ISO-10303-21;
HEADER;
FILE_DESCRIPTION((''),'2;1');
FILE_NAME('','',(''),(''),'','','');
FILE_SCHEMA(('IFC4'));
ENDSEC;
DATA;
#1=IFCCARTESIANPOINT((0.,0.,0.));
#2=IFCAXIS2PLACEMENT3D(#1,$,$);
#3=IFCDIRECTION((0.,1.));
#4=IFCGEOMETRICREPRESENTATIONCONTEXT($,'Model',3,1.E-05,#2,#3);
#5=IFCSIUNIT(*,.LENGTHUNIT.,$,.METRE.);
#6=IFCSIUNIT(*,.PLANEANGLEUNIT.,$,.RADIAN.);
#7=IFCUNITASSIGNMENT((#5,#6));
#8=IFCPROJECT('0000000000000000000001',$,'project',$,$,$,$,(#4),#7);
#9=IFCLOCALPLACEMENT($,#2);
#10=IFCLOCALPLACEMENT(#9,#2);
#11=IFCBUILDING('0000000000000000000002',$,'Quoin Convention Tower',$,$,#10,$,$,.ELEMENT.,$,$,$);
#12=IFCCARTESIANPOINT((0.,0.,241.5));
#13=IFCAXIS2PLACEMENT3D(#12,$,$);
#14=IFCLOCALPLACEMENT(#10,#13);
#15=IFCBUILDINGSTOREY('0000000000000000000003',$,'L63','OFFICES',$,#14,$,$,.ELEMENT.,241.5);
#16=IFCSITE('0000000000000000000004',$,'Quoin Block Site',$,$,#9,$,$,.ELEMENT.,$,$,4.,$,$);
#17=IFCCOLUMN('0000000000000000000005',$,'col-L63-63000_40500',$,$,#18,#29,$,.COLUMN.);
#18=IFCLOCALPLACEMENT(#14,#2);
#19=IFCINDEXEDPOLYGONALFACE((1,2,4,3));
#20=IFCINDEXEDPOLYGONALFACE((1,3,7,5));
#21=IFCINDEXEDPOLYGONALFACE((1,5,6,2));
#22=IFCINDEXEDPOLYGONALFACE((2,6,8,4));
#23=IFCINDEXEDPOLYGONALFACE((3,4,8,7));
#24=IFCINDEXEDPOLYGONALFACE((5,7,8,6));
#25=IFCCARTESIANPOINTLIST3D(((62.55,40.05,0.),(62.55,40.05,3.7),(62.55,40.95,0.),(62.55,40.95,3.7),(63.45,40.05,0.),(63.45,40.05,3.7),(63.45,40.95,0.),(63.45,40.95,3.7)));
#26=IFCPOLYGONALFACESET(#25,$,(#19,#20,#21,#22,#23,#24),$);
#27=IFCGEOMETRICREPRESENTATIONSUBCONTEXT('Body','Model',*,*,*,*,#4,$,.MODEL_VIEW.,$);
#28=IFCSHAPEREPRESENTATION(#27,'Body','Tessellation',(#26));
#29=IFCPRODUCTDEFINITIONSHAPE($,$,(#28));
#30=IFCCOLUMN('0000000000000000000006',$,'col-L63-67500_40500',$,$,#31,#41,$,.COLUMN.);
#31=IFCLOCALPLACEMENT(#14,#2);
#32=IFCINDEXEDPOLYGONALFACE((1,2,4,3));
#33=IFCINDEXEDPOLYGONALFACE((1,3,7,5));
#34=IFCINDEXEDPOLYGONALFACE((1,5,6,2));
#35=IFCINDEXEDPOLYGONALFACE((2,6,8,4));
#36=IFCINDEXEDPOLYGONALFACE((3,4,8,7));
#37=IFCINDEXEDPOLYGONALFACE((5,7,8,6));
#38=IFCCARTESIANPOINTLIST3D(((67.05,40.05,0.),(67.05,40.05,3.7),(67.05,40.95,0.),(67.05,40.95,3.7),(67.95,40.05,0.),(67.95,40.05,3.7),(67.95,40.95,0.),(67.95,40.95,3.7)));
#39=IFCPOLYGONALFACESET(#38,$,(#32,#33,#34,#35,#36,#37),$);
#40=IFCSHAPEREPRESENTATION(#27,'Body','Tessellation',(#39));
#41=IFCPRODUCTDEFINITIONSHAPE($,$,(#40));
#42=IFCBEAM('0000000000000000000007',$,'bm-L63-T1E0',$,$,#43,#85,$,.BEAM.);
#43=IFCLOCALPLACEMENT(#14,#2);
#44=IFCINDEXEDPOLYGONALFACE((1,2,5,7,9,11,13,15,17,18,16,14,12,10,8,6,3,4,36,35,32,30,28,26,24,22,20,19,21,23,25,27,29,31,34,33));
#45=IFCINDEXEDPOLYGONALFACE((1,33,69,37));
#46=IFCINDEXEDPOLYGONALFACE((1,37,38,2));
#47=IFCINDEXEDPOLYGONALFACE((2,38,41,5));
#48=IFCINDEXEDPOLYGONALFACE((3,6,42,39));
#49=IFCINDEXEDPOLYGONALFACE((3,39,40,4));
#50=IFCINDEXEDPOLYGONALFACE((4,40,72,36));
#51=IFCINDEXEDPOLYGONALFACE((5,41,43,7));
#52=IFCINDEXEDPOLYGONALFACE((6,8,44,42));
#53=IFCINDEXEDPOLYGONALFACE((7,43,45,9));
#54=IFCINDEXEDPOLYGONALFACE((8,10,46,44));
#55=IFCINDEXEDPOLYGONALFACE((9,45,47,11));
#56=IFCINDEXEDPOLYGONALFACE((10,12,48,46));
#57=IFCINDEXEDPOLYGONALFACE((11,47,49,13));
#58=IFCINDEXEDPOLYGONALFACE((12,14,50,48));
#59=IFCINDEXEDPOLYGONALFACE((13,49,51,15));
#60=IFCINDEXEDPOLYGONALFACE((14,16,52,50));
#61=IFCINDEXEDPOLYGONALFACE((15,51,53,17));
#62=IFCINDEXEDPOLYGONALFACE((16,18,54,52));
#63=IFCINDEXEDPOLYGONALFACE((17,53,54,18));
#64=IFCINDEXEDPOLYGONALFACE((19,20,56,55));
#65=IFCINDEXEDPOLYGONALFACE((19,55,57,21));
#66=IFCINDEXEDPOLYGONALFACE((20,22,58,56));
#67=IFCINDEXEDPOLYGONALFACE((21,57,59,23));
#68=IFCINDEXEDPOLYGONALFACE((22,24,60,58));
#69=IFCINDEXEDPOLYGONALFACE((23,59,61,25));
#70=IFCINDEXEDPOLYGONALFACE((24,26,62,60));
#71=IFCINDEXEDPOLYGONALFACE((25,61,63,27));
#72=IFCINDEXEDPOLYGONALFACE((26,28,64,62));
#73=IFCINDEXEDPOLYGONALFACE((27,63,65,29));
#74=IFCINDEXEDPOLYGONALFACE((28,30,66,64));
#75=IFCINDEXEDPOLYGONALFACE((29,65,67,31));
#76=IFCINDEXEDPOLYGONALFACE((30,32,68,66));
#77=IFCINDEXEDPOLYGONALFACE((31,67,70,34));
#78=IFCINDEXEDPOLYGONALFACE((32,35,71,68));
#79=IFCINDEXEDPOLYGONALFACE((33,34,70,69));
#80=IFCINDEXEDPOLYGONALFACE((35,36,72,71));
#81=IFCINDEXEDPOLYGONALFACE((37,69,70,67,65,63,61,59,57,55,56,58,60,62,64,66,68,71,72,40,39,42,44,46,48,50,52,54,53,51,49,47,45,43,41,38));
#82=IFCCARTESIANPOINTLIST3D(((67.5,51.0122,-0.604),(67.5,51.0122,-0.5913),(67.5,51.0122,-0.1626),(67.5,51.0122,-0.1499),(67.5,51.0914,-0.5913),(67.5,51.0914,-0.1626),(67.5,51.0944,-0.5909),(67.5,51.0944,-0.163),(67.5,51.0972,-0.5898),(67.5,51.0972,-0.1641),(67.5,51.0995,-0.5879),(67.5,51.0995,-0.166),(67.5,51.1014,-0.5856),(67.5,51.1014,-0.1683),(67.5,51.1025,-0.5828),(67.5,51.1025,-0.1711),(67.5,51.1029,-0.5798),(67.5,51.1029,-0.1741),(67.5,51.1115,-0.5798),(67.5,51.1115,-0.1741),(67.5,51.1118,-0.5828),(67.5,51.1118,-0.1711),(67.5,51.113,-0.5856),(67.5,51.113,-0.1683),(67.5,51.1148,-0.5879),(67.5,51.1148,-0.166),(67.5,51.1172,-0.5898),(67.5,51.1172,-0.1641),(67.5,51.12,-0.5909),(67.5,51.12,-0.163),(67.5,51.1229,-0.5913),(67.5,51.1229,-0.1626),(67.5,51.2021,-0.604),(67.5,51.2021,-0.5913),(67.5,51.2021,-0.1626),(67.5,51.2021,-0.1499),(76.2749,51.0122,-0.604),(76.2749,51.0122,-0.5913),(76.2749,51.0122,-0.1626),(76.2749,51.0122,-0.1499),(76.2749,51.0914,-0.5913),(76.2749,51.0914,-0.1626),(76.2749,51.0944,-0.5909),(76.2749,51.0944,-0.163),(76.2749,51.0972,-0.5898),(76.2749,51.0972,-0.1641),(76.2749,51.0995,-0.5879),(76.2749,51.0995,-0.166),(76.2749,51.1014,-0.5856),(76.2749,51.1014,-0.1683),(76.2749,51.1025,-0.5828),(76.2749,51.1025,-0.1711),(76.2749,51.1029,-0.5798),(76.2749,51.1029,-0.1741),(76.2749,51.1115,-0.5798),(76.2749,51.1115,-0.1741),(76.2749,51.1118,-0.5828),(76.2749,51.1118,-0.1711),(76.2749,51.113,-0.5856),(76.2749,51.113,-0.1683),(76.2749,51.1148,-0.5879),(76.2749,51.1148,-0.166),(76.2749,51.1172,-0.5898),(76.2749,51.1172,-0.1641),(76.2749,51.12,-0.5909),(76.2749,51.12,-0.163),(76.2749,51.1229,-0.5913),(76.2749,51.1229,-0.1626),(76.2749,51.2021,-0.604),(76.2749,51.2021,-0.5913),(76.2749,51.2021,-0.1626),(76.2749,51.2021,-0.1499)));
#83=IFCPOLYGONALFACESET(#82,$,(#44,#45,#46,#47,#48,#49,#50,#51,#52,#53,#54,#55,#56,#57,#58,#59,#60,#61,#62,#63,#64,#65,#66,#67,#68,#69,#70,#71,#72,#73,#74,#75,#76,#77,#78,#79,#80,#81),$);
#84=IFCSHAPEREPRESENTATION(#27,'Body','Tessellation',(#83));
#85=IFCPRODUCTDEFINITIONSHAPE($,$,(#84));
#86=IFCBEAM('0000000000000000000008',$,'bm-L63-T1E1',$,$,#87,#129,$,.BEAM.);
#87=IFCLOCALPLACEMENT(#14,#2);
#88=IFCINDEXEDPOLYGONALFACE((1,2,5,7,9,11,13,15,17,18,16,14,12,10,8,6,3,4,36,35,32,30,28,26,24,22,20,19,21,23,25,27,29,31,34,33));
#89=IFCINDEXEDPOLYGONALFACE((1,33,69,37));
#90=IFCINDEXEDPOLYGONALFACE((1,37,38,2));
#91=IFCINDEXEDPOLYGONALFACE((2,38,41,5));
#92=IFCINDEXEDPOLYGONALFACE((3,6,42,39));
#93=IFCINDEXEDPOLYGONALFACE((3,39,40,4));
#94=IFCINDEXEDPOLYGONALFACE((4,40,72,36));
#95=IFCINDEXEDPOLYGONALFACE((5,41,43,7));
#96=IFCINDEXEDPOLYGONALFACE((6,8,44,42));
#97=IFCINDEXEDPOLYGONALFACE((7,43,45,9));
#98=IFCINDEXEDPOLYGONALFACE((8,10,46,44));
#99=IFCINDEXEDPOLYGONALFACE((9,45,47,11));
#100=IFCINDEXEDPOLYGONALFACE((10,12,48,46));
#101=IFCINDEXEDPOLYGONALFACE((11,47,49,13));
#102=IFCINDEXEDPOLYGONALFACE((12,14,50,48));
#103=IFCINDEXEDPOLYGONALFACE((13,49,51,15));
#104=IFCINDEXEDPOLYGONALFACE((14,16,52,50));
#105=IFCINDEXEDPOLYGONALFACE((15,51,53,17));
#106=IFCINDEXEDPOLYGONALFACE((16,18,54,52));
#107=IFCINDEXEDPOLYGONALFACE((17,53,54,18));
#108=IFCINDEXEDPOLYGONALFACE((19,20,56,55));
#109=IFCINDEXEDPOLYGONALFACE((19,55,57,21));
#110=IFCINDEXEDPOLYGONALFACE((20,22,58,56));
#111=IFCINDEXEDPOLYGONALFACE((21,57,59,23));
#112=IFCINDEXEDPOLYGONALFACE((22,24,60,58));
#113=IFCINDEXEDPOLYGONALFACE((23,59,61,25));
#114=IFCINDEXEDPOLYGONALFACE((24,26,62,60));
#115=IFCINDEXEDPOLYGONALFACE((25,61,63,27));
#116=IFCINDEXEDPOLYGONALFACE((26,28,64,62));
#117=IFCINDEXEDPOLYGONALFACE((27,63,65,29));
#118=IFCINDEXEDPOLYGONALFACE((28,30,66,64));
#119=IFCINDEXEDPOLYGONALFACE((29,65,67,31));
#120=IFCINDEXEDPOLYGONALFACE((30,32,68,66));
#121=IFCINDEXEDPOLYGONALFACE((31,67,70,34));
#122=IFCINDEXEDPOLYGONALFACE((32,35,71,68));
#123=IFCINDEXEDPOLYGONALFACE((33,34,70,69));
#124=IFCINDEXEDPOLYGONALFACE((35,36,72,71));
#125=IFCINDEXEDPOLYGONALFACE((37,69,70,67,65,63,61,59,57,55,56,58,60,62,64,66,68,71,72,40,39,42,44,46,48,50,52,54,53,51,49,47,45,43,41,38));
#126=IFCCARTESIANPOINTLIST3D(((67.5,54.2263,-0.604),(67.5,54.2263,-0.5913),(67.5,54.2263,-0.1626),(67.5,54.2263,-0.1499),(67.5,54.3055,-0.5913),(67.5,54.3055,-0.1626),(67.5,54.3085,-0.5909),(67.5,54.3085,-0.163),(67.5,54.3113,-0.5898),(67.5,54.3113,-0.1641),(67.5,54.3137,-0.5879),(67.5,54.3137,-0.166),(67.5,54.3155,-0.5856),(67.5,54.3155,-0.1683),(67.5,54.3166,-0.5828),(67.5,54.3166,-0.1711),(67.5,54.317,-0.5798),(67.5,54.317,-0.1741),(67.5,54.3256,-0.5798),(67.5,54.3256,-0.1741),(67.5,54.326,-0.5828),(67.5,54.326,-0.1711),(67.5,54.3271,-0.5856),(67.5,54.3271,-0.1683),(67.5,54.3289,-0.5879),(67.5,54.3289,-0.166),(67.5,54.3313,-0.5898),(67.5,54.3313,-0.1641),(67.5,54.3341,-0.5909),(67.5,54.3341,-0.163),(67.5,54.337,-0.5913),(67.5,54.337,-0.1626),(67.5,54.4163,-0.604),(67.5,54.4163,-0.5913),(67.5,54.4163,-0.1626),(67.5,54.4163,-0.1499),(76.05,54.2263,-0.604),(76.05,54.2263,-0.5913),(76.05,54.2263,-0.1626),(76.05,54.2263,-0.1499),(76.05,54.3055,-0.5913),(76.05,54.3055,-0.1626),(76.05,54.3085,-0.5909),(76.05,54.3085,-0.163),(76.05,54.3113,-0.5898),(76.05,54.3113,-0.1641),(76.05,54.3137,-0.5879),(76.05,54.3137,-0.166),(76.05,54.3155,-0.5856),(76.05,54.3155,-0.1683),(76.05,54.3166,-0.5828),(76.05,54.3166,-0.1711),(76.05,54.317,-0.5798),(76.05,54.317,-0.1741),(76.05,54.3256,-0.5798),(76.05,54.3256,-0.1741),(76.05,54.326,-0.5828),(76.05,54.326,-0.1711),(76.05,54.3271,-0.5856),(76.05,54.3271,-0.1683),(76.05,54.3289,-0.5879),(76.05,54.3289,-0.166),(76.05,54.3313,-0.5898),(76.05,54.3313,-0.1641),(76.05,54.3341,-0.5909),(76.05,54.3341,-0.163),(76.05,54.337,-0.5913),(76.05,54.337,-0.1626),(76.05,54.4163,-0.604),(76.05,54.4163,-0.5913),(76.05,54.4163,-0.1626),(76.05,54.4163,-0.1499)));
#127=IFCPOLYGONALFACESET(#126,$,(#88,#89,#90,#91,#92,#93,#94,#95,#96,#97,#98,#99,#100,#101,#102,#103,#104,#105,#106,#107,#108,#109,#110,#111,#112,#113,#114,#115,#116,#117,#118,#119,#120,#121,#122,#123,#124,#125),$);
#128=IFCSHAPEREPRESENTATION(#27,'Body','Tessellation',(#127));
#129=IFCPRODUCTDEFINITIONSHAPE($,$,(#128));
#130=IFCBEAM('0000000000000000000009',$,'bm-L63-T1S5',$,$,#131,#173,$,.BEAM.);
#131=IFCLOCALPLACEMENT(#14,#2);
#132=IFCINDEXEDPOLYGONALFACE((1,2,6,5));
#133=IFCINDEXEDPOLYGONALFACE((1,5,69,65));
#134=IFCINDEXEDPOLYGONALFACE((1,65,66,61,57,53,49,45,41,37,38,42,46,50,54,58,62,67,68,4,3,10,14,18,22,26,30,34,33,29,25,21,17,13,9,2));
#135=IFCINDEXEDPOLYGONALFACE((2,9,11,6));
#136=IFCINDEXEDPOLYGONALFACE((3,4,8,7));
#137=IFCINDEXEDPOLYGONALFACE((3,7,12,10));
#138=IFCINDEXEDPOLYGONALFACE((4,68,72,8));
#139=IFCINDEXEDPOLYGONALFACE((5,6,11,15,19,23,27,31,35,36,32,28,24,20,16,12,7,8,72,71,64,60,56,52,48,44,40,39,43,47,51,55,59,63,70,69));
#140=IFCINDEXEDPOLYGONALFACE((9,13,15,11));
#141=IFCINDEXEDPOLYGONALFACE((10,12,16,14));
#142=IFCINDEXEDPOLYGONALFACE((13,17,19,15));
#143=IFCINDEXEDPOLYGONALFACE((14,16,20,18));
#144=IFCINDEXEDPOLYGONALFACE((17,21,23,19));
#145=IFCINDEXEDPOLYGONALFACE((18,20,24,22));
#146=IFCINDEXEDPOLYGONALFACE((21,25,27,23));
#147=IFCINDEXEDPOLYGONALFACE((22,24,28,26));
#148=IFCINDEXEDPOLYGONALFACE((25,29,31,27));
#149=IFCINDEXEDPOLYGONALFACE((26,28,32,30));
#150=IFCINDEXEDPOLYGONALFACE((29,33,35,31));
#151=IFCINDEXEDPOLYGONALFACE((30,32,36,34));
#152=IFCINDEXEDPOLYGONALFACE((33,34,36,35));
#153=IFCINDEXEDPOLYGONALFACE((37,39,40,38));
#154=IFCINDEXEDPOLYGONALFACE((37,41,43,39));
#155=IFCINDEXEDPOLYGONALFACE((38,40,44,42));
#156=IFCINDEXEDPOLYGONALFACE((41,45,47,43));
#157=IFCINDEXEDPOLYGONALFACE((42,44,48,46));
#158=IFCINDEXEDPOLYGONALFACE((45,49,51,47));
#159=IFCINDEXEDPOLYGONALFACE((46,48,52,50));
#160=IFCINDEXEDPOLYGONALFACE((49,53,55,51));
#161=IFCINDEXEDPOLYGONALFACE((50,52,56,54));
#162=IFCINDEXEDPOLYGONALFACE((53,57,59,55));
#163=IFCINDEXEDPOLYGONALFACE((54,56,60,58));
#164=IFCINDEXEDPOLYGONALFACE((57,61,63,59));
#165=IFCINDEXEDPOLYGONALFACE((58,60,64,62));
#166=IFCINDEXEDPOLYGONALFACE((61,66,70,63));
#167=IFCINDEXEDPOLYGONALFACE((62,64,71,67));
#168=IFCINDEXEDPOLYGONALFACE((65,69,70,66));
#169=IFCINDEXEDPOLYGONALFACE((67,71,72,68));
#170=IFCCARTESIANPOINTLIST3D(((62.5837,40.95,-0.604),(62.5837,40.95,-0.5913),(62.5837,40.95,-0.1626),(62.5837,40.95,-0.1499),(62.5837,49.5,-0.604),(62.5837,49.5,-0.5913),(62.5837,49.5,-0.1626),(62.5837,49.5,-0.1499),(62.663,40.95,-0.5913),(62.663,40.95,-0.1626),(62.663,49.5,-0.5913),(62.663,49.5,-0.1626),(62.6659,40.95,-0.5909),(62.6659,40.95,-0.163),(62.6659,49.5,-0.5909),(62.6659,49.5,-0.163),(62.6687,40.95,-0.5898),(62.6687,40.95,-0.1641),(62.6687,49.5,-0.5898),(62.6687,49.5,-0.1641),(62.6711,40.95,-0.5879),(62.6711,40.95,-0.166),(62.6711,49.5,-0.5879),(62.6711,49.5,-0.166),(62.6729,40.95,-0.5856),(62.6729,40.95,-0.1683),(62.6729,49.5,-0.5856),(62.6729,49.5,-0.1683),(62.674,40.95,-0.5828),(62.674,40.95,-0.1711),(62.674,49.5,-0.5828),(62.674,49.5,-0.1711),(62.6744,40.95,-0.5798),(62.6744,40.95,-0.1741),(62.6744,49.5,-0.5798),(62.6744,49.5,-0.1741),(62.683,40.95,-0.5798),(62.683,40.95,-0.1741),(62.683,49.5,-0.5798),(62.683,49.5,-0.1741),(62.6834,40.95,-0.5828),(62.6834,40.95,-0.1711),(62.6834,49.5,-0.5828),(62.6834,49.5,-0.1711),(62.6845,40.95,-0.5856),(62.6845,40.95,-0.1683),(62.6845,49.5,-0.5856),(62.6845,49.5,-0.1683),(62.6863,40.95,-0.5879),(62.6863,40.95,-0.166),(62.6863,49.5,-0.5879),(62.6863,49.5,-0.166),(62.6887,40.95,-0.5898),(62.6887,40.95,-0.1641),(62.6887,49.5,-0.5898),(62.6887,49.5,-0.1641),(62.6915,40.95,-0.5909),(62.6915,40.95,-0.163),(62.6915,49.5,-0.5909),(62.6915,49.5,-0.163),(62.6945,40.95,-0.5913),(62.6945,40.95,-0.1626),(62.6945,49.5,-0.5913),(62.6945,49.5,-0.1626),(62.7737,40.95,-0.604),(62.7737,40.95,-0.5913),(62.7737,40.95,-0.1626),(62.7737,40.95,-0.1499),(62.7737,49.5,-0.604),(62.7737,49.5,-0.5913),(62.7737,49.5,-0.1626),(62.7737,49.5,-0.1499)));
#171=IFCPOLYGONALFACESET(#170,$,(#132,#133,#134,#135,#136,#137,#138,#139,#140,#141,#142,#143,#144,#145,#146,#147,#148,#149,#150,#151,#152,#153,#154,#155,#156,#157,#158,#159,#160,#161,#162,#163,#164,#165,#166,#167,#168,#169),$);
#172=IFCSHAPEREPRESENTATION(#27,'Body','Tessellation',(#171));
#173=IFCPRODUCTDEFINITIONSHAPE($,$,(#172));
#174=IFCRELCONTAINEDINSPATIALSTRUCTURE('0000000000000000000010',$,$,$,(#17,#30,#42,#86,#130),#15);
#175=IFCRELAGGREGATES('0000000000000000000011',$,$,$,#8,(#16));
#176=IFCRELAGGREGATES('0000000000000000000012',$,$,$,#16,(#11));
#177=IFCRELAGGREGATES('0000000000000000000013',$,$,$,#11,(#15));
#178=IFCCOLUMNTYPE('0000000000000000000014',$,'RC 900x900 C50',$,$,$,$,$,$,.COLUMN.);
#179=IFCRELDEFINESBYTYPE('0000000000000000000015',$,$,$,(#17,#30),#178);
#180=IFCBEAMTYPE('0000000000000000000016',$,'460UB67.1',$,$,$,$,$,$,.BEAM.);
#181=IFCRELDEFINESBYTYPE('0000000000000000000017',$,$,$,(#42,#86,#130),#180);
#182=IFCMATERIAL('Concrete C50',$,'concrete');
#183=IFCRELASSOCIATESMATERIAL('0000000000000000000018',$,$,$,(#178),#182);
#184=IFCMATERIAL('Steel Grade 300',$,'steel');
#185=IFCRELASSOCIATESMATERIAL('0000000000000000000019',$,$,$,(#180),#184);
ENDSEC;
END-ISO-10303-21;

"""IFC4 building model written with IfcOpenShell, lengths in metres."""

from ifc_helpers import new_model, si_unit, direction, frame, origin, origin_2d, place, context, subcontext, project, spatial, rectangle, i_section, extrude, material, material_profile, profile_set, type_object, element, save


model = new_model("IFC4")

# Units and contexts
model_context = context("Model", 3, precision=1e-05, world=origin(), true_north=direction((0.0, 1.0)))
body_context = subcontext(model_context, "Body", "Model", "MODEL_VIEW")
ifc_project = project(units=[si_unit("LENGTHUNIT", "METRE"), si_unit("PLANEANGLEUNIT", "RADIAN")], contexts=[model_context])

# Site, building, storey
site_placement = place(None, origin())
site = spatial("IfcSite", under=ifc_project, at=site_placement, Name="Quoin Block Site", CompositionType="ELEMENT", RefElevation=4.0)
building_placement = place(site_placement, origin())
building = spatial("IfcBuilding", under=site, at=building_placement, Name="Quoin Convention Tower", CompositionType="ELEMENT")
storey_placement = place(building_placement, frame((0.0, 0.0, 241.5)))
storey = spatial("IfcBuildingStorey", under=building, at=storey_placement, Name="L63", Description="OFFICES", CompositionType="ELEMENT", Elevation=241.5)

# Columns
ifc_material_1 = material(Name="Concrete C50", Category="concrete")
ifc_material_profile_1 = material_profile(ifc_material_1, rectangle(XDim=0.8999, YDim=0.8999, at=origin_2d()), Name="RC 900x900")
ifc_profile_set_1 = profile_set([ifc_material_profile_1], Name="Concrete C50")
column_type = type_object("IfcColumnType", Name="RC 900x900 C50", PredefinedType="COLUMN", material=ifc_profile_set_1)
for number, where, z_axis, x_axis, name in (
    (1, (63.0, 40.5, 0.0), (0.0, 0.0, 1.0), (1.0, 0.0, 0.0), "col-L63-63000_40500"),
    (2, (67.5, 40.5, 0.0), (0.0, 0.0, 1.0), (1.0, 0.0, 0.0), "col-L63-67500_40500"),
):
    element("IfcColumn", number, at=place(storey_placement, frame(where, z_axis=z_axis, x_axis=x_axis)), inside=storey, type_object=column_type, Name=name, PredefinedType="COLUMN", context=body_context, shape_type="SweptSolid", body=[
        extrude(rectangle(XDim=0.8999, YDim=0.8999, at=origin_2d()), origin(), (0.0, 0.0, 1.0), 3.7),
    ])

# Beams
ifc_material_2 = material(Name="Steel Grade 300", Category="steel")
ifc_material_profile_2 = material_profile(ifc_material_2, i_section(OverallWidth=0.1899, OverallDepth=0.4541, WebThickness=0.0085, FlangeThickness=0.0127, FilletRadius=0.0115, at=origin_2d()), Name="460UB67.1")
ifc_profile_set_2 = profile_set([ifc_material_profile_2], Name="Steel Grade 300")
beam_type_1 = type_object("IfcBeamType", Name="460UB67.1", PredefinedType="BEAM", material=ifc_profile_set_2)
beam_1_placement = place(storey_placement, frame((67.5, 51.1072, -0.377), z_axis=(1.0, 0.0, 0.0), x_axis=(0.0, 1.0, 0.0)))
element("IfcBeam", 3, at=beam_1_placement, inside=storey, type_object=beam_type_1, Name="bm-L63-T1E0", PredefinedType="BEAM", context=body_context, shape_type="SweptSolid", body=[
    extrude(i_section(OverallWidth=0.1899, OverallDepth=0.4541, WebThickness=0.0085, FlangeThickness=0.0127, FilletRadius=0.0115, at=origin_2d()), origin(), (0.0, 0.0, 1.0), 8.7749),
])
for number, where, z_axis, x_axis, name in (
    (4, (67.5, 54.3213, -0.377), (1.0, 0.0, 0.0), (0.0, 1.0, 0.0), "bm-L63-T1E1"),
    (5, (62.6787, 40.95, -0.377), (0.0, 1.0, 0.0), (-1.0, 0.0, 0.0), "bm-L63-T1S5"),
):
    element("IfcBeam", number, at=place(storey_placement, frame(where, z_axis=z_axis, x_axis=x_axis)), inside=storey, type_object=beam_type_1, Name=name, PredefinedType="BEAM", context=body_context, shape_type="SweptSolid", body=[
        extrude(i_section(OverallWidth=0.1899, OverallDepth=0.4541, WebThickness=0.0085, FlangeThickness=0.0127, FilletRadius=0.0115, at=origin_2d()), origin(), (0.0, 0.0, 1.0), 8.55),
    ])

save(model, "model.ifc")
